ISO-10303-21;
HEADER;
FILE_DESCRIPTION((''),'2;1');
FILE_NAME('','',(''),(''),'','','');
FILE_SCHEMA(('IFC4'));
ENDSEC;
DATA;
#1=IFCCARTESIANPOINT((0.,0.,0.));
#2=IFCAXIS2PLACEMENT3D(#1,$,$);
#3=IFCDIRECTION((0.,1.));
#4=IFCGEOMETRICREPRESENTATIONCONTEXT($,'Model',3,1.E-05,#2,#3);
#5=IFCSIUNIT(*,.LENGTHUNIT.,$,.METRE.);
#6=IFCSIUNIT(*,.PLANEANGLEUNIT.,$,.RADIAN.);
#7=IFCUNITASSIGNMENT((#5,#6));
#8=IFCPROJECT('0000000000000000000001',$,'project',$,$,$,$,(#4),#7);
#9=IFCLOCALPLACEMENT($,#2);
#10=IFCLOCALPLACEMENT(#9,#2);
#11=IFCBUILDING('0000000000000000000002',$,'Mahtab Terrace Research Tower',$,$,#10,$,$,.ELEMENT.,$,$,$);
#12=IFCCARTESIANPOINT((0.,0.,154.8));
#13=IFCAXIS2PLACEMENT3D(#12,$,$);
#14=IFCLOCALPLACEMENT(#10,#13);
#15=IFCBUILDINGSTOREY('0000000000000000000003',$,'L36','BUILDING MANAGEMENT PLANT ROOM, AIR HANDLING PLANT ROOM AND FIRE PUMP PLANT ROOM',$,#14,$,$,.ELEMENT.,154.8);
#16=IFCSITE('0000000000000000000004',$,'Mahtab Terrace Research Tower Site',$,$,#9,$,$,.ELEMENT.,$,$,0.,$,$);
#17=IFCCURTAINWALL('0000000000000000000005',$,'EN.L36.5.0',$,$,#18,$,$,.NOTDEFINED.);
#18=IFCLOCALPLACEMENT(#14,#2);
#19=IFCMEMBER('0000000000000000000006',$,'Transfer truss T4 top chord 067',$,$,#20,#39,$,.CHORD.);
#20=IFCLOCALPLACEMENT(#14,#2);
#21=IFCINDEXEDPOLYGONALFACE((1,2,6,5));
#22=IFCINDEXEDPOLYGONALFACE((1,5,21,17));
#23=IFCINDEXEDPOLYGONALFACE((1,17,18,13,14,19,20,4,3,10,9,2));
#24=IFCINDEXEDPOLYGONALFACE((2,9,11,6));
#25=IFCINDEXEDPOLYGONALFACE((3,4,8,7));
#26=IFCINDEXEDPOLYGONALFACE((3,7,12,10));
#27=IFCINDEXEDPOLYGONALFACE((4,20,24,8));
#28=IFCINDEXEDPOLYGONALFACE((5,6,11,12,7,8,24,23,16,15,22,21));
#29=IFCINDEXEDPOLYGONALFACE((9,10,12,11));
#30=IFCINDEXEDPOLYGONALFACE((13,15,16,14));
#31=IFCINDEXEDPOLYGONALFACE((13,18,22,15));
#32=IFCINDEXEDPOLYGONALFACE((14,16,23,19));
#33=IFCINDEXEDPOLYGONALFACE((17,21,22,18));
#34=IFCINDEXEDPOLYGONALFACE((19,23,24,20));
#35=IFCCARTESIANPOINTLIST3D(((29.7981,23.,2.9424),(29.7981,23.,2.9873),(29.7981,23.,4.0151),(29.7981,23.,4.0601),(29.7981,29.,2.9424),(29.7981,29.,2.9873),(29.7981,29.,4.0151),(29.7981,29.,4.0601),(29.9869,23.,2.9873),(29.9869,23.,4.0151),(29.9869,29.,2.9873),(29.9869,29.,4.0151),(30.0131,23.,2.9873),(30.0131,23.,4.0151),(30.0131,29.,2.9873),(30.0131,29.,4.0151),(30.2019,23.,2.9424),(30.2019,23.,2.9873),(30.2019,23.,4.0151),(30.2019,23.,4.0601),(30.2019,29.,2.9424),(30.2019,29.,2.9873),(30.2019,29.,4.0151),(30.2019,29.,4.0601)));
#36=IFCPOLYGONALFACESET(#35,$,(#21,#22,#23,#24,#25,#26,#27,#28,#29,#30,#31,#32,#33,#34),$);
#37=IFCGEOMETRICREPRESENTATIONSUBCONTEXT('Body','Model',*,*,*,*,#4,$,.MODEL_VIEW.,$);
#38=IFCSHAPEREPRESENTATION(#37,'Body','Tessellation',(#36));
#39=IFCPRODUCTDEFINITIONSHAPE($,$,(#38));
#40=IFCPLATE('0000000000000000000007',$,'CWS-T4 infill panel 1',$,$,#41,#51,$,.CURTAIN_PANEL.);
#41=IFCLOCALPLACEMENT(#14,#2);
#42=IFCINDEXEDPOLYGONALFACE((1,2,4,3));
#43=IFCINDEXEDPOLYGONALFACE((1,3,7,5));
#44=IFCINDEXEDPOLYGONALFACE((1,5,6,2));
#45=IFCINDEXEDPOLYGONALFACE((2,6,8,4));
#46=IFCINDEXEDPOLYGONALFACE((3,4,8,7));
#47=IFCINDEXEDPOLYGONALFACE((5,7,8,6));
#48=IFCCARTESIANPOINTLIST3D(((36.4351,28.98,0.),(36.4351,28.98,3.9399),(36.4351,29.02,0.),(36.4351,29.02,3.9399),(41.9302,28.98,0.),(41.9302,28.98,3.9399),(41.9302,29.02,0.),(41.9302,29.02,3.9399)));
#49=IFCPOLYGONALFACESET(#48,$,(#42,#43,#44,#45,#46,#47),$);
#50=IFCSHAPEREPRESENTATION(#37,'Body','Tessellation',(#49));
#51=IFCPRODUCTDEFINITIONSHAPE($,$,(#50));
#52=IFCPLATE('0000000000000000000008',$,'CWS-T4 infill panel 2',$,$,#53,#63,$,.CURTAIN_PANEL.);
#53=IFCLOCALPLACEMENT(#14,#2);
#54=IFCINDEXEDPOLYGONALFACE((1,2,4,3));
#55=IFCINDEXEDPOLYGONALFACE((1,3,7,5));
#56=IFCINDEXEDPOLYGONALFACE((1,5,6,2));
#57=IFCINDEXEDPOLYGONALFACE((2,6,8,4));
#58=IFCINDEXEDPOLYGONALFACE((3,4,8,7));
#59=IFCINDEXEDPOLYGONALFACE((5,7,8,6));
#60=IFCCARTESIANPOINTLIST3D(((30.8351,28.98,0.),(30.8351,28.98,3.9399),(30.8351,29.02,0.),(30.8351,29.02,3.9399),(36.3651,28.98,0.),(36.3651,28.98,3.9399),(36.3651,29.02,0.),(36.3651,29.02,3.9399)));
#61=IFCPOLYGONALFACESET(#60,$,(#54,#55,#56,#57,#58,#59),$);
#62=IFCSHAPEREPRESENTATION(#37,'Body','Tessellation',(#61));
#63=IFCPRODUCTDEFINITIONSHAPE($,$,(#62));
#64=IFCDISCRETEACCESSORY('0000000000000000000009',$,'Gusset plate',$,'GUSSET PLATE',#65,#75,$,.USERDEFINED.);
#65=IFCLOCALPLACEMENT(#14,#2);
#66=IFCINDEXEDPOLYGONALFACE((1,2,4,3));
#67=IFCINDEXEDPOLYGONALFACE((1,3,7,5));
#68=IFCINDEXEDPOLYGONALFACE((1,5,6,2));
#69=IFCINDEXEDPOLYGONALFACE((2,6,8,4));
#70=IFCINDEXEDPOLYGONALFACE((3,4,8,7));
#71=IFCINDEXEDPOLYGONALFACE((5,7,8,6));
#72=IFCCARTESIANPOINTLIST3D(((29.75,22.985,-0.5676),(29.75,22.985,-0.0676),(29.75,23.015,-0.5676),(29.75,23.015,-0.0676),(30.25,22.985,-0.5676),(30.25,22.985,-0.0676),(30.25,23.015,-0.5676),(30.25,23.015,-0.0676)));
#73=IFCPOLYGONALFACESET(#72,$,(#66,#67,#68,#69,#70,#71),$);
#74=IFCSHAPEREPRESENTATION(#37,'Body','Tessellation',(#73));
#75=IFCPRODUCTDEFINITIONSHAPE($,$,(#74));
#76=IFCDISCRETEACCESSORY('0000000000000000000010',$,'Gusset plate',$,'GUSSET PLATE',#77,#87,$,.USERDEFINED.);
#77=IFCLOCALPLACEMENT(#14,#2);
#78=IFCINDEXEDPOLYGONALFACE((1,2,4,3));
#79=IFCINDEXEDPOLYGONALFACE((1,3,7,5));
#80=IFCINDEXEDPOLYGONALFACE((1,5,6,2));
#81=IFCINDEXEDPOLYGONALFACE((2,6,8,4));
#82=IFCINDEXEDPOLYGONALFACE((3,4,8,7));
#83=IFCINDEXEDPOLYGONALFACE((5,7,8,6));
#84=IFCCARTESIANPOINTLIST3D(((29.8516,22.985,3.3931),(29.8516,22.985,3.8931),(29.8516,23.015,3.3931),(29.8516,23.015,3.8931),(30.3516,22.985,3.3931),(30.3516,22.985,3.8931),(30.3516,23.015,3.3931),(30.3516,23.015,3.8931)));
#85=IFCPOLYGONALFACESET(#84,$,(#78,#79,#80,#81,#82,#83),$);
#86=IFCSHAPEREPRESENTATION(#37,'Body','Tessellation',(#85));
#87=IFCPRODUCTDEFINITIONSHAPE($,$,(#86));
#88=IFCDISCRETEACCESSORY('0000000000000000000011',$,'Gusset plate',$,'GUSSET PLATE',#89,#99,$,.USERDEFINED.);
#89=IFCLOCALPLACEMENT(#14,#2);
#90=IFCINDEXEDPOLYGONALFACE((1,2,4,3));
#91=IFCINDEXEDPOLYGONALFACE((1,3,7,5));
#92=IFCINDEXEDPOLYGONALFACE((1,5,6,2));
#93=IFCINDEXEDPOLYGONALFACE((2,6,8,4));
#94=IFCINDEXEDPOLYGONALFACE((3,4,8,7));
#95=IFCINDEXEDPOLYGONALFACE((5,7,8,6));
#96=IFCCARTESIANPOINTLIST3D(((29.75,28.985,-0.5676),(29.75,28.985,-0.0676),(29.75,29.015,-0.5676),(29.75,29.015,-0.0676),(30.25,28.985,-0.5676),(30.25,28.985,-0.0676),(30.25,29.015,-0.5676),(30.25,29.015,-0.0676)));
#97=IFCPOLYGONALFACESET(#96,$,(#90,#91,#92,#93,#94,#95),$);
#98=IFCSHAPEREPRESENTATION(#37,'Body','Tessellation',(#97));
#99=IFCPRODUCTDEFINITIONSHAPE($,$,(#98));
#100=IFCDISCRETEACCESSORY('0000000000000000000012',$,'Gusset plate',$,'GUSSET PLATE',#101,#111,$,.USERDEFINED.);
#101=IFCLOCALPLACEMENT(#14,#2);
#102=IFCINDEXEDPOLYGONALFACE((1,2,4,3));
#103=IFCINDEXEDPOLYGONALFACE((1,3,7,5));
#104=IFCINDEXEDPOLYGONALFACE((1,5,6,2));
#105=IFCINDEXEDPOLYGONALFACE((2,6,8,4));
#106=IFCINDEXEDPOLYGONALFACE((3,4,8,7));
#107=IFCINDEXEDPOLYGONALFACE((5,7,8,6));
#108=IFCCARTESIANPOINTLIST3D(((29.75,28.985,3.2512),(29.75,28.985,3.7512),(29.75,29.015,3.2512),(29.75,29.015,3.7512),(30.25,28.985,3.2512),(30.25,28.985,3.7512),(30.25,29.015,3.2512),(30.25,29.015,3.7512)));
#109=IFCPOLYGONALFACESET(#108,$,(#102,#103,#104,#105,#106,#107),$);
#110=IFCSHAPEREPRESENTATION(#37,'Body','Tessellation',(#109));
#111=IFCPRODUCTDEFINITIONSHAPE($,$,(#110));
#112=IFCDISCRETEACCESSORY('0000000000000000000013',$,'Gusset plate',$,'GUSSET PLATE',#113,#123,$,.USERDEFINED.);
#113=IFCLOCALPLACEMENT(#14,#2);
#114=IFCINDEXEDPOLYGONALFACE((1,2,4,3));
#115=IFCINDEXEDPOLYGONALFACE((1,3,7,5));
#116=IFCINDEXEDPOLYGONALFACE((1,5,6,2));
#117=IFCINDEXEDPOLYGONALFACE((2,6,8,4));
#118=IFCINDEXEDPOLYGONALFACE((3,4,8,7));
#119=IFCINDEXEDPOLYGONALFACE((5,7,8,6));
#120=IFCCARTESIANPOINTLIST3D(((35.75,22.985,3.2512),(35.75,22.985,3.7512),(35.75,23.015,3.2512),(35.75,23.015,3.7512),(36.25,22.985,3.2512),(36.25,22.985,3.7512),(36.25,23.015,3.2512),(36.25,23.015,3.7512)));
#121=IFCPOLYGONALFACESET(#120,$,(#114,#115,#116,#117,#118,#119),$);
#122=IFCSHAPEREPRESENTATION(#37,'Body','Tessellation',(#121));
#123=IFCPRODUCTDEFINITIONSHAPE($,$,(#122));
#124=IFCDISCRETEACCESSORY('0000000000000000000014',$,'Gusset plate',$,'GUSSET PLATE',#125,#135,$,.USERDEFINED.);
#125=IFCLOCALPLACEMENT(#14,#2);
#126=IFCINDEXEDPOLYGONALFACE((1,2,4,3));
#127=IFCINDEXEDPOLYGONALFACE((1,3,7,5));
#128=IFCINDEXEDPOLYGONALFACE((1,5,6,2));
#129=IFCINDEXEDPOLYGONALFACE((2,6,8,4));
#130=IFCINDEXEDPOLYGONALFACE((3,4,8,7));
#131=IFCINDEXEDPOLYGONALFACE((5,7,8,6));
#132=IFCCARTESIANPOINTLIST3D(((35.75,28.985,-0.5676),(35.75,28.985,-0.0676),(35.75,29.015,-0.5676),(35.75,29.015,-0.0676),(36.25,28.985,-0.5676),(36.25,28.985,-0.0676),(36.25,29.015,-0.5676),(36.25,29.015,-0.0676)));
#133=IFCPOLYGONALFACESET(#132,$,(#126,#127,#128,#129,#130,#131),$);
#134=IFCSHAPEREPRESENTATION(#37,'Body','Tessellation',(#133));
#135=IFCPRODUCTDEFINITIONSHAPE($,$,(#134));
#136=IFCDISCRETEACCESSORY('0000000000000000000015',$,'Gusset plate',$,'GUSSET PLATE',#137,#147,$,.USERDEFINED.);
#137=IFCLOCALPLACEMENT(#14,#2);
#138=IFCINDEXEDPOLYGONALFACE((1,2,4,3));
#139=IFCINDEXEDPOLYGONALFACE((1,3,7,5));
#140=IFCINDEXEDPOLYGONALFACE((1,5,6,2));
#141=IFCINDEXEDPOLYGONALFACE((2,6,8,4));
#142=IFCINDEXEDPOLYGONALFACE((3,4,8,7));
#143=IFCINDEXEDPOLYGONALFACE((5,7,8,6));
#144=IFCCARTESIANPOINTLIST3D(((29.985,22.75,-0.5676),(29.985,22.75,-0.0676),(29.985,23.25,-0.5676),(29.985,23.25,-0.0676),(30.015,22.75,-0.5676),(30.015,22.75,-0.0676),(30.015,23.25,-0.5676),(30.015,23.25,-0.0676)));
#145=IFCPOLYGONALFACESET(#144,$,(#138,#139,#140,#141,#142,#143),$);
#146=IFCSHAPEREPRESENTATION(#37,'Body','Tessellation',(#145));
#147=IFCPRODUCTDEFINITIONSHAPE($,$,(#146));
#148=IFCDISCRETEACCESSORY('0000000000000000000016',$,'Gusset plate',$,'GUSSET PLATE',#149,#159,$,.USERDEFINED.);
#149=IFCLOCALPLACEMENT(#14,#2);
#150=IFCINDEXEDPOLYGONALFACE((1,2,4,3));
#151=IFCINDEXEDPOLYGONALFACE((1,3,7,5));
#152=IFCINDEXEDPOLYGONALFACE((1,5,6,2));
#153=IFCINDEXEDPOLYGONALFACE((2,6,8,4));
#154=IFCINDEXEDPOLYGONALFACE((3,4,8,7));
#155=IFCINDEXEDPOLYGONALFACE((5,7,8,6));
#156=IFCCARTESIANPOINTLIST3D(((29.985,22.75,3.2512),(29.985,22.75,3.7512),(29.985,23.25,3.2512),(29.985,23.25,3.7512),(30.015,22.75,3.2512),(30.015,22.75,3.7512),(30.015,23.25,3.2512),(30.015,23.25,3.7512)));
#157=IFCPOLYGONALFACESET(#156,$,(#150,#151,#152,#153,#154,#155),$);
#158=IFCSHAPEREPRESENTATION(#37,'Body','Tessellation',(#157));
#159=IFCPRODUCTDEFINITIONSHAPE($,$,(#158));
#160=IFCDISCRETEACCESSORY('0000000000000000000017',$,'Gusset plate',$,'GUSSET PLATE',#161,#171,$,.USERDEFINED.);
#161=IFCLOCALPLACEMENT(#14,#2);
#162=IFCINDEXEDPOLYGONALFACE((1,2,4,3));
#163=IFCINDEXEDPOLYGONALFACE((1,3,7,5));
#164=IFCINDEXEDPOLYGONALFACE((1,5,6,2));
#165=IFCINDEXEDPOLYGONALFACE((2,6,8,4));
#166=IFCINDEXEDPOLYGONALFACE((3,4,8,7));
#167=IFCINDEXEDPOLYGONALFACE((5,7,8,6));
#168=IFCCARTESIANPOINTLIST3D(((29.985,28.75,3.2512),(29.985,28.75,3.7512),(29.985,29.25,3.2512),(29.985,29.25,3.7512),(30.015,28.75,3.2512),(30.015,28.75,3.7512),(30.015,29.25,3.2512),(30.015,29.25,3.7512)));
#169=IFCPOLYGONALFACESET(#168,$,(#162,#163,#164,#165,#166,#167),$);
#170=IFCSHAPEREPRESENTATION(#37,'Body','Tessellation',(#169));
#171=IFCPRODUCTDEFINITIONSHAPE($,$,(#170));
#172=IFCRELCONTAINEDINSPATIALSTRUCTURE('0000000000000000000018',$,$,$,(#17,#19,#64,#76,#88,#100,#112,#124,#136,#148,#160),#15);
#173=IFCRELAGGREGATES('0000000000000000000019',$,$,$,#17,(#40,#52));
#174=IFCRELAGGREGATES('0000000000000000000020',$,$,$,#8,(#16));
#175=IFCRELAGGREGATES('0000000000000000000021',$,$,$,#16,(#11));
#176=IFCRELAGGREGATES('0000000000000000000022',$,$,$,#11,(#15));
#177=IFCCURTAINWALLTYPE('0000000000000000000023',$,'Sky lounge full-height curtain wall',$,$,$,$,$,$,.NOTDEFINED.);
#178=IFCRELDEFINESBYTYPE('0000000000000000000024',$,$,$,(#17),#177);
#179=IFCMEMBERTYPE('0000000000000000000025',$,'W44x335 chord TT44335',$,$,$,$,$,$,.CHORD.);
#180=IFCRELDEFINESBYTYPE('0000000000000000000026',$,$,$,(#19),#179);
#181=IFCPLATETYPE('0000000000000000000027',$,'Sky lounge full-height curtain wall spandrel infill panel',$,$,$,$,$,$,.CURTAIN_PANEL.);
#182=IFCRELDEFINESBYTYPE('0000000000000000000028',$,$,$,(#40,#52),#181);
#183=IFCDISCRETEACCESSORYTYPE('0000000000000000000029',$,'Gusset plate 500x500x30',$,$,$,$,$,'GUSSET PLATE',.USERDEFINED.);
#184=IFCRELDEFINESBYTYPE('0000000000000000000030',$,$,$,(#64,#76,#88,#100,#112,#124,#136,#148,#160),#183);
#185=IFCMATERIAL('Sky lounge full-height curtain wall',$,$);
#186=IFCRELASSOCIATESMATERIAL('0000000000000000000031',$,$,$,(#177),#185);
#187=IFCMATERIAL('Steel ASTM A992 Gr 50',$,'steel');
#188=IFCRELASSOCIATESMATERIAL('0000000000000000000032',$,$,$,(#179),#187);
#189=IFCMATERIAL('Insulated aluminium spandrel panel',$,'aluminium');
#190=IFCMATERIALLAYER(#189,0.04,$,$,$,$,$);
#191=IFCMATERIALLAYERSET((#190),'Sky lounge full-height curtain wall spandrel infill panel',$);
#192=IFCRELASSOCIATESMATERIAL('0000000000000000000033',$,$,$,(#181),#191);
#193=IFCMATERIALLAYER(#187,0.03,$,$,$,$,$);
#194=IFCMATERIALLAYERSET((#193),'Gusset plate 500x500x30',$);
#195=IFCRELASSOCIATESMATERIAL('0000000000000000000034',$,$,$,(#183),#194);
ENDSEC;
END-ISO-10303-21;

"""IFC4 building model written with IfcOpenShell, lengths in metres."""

from ifc_helpers import new_model, si_unit, direction, frame, origin, origin_2d, place, context, subcontext, project, spatial, rectangle, i_section, extrude, material, layer, layer_set, material_profile, profile_set, type_object, element, aggregate, save


model = new_model("IFC4")

# Units and contexts
model_context = context("Model", 3, precision=1e-05, world=origin(), true_north=direction((0.0, 1.0)))
body_context = subcontext(model_context, "Body", "Model", "MODEL_VIEW")
ifc_project = project(units=[si_unit("LENGTHUNIT", "METRE"), si_unit("PLANEANGLEUNIT", "RADIAN")], contexts=[model_context])

# Site, building, storey
site_placement = place(None, origin())
site = spatial("IfcSite", under=ifc_project, at=site_placement, Name="Mahtab Terrace Research Tower Site", CompositionType="ELEMENT", RefElevation=0.0)
building_placement = place(site_placement, origin())
building = spatial("IfcBuilding", under=site, at=building_placement, Name="Mahtab Terrace Research Tower", CompositionType="ELEMENT")
storey_placement = place(building_placement, frame((0.0, 0.0, 154.8)))
storey = spatial("IfcBuildingStorey", under=building, at=storey_placement, Name="L36", Description="BUILDING MANAGEMENT PLANT ROOM, AIR HANDLING PLANT ROOM AND FIRE PUMP PLANT ROOM", CompositionType="ELEMENT", Elevation=154.8)

# Shared definitions
ifc_material_1 = material(Name="Steel ASTM A992 Gr 50", Category="steel")

# Curtain wall
ifc_material_2 = material(Name="Sky lounge full-height curtain wall")
curtain_wall_type = type_object("IfcCurtainWallType", Name="Sky lounge full-height curtain wall", PredefinedType="NOTDEFINED", material=ifc_material_2)
curtain_wall_placement = place(storey_placement, origin())
curtain_wall = element("IfcCurtainWall", 1, at=curtain_wall_placement, inside=storey, type_object=curtain_wall_type, Name="EN.L36.5.0", PredefinedType="NOTDEFINED")

# Member
ifc_material_profile_1 = material_profile(ifc_material_1, i_section(OverallWidth=0.4038, OverallDepth=1.1177, WebThickness=0.0261, FlangeThickness=0.0449, at=origin_2d()), Name="W44X335")
ifc_profile_set_1 = profile_set([ifc_material_profile_1], Name="Steel ASTM A992 Gr 50")
member_type_1 = type_object("IfcMemberType", Name="W44x335 chord TT44335", PredefinedType="CHORD", material=ifc_profile_set_1)
member_1_placement = place(storey_placement, frame((30.0, 23.0, 3.5012), z_axis=(0.0, 1.0, 0.0), x_axis=(-1.0, 0.0, 0.0)))
element("IfcMember", 2, at=member_1_placement, inside=storey, type_object=member_type_1, Name="Transfer truss T4 top chord 067", PredefinedType="CHORD", context=body_context, shape_type="SweptSolid", body=[
    extrude(i_section(OverallWidth=0.4038, OverallDepth=1.1177, WebThickness=0.0261, FlangeThickness=0.0449, at=origin_2d()), origin(), (0.0, 0.0, 1.0), 6.0),
])

# Plates
ifc_material_3 = material(Name="Insulated aluminium spandrel panel", Category="aluminium")
ifc_layer_1 = layer(ifc_material_3, 0.04)
ifc_layer_set_1 = layer_set([ifc_layer_1], Name="Sky lounge full-height curtain wall spandrel infill panel")
plate_type = type_object("IfcPlateType", Name="Sky lounge full-height curtain wall spandrel infill panel", PredefinedType="CURTAIN_PANEL", material=ifc_layer_set_1)
plate_1_placement = place(storey_placement, frame((39.1826, 29.0, 0.0), z_axis=(0.0, 0.0, 1.0), x_axis=(-1.0, 0.0, 0.0)))
plate_1 = element("IfcPlate", 3, at=plate_1_placement, type_object=plate_type, Name="CWS-T4 infill panel 1", PredefinedType="CURTAIN_PANEL", context=body_context, shape_type="SweptSolid", body=[
    extrude(rectangle(XDim=5.4951, YDim=0.04, at=origin_2d()), origin(), (0.0, 0.0, 1.0), 3.9399),
])
plate_2_placement = place(storey_placement, frame((33.6001, 29.0, 0.0), z_axis=(0.0, 0.0, 1.0), x_axis=(-1.0, 0.0, 0.0)))
plate_2 = element("IfcPlate", 4, at=plate_2_placement, type_object=plate_type, Name="CWS-T4 infill panel 2", PredefinedType="CURTAIN_PANEL", context=body_context, shape_type="SweptSolid", body=[
    extrude(rectangle(XDim=5.53, YDim=0.04, at=origin_2d()), origin(), (0.0, 0.0, 1.0), 3.9399),
])
aggregate(curtain_wall, [plate_1, plate_2])

# Discrete accessories
ifc_layer_2 = layer(ifc_material_1, 0.03)
ifc_layer_set_2 = layer_set([ifc_layer_2], Name="Gusset plate 500x500x30")
discrete_accessory_type = type_object("IfcDiscreteAccessoryType", Name="Gusset plate 500x500x30", ElementType="GUSSET PLATE", PredefinedType="USERDEFINED", material=ifc_layer_set_2)
for number, where, z_axis, x_axis, name in (
    (5, (30.0, 23.0, -0.5676), (0.0, 0.0, 1.0), (1.0, 0.0, 0.0), "Gusset plate"),
    (6, (30.1016, 23.0, 3.3931), (0.0, 0.0, 1.0), (1.0, 0.0, 0.0), "Gusset plate"),
    (7, (30.0, 29.0, -0.5676), (0.0, 0.0, 1.0), (1.0, 0.0, 0.0), "Gusset plate"),
    (8, (30.0, 29.0, 3.2512), (0.0, 0.0, 1.0), (1.0, 0.0, 0.0), "Gusset plate"),
    (9, (36.0, 23.0, 3.2512), (0.0, 0.0, 1.0), (1.0, 0.0, 0.0), "Gusset plate"),
    (10, (36.0, 29.0, -0.5676), (0.0, 0.0, 1.0), (1.0, 0.0, 0.0), "Gusset plate"),
    (11, (30.0, 23.0, -0.5676), (0.0, 0.0, 1.0), (0.0, 1.0, 0.0), "Gusset plate"),
    (12, (30.0, 23.0, 3.2512), (0.0, 0.0, 1.0), (0.0, 1.0, 0.0), "Gusset plate"),
    (13, (30.0, 29.0, 3.2512), (0.0, 0.0, 1.0), (0.0, 1.0, 0.0), "Gusset plate"),
):
    element("IfcDiscreteAccessory", number, at=place(storey_placement, frame(where, z_axis=z_axis, x_axis=x_axis)), inside=storey, type_object=discrete_accessory_type, Name=name, ObjectType="GUSSET PLATE", PredefinedType="USERDEFINED", context=body_context, shape_type="SweptSolid", body=[
        extrude(rectangle(XDim=0.5, YDim=0.03, at=origin_2d()), origin(), (0.0, 0.0, 1.0), 0.5),
    ])

save(model, "model.ifc")
